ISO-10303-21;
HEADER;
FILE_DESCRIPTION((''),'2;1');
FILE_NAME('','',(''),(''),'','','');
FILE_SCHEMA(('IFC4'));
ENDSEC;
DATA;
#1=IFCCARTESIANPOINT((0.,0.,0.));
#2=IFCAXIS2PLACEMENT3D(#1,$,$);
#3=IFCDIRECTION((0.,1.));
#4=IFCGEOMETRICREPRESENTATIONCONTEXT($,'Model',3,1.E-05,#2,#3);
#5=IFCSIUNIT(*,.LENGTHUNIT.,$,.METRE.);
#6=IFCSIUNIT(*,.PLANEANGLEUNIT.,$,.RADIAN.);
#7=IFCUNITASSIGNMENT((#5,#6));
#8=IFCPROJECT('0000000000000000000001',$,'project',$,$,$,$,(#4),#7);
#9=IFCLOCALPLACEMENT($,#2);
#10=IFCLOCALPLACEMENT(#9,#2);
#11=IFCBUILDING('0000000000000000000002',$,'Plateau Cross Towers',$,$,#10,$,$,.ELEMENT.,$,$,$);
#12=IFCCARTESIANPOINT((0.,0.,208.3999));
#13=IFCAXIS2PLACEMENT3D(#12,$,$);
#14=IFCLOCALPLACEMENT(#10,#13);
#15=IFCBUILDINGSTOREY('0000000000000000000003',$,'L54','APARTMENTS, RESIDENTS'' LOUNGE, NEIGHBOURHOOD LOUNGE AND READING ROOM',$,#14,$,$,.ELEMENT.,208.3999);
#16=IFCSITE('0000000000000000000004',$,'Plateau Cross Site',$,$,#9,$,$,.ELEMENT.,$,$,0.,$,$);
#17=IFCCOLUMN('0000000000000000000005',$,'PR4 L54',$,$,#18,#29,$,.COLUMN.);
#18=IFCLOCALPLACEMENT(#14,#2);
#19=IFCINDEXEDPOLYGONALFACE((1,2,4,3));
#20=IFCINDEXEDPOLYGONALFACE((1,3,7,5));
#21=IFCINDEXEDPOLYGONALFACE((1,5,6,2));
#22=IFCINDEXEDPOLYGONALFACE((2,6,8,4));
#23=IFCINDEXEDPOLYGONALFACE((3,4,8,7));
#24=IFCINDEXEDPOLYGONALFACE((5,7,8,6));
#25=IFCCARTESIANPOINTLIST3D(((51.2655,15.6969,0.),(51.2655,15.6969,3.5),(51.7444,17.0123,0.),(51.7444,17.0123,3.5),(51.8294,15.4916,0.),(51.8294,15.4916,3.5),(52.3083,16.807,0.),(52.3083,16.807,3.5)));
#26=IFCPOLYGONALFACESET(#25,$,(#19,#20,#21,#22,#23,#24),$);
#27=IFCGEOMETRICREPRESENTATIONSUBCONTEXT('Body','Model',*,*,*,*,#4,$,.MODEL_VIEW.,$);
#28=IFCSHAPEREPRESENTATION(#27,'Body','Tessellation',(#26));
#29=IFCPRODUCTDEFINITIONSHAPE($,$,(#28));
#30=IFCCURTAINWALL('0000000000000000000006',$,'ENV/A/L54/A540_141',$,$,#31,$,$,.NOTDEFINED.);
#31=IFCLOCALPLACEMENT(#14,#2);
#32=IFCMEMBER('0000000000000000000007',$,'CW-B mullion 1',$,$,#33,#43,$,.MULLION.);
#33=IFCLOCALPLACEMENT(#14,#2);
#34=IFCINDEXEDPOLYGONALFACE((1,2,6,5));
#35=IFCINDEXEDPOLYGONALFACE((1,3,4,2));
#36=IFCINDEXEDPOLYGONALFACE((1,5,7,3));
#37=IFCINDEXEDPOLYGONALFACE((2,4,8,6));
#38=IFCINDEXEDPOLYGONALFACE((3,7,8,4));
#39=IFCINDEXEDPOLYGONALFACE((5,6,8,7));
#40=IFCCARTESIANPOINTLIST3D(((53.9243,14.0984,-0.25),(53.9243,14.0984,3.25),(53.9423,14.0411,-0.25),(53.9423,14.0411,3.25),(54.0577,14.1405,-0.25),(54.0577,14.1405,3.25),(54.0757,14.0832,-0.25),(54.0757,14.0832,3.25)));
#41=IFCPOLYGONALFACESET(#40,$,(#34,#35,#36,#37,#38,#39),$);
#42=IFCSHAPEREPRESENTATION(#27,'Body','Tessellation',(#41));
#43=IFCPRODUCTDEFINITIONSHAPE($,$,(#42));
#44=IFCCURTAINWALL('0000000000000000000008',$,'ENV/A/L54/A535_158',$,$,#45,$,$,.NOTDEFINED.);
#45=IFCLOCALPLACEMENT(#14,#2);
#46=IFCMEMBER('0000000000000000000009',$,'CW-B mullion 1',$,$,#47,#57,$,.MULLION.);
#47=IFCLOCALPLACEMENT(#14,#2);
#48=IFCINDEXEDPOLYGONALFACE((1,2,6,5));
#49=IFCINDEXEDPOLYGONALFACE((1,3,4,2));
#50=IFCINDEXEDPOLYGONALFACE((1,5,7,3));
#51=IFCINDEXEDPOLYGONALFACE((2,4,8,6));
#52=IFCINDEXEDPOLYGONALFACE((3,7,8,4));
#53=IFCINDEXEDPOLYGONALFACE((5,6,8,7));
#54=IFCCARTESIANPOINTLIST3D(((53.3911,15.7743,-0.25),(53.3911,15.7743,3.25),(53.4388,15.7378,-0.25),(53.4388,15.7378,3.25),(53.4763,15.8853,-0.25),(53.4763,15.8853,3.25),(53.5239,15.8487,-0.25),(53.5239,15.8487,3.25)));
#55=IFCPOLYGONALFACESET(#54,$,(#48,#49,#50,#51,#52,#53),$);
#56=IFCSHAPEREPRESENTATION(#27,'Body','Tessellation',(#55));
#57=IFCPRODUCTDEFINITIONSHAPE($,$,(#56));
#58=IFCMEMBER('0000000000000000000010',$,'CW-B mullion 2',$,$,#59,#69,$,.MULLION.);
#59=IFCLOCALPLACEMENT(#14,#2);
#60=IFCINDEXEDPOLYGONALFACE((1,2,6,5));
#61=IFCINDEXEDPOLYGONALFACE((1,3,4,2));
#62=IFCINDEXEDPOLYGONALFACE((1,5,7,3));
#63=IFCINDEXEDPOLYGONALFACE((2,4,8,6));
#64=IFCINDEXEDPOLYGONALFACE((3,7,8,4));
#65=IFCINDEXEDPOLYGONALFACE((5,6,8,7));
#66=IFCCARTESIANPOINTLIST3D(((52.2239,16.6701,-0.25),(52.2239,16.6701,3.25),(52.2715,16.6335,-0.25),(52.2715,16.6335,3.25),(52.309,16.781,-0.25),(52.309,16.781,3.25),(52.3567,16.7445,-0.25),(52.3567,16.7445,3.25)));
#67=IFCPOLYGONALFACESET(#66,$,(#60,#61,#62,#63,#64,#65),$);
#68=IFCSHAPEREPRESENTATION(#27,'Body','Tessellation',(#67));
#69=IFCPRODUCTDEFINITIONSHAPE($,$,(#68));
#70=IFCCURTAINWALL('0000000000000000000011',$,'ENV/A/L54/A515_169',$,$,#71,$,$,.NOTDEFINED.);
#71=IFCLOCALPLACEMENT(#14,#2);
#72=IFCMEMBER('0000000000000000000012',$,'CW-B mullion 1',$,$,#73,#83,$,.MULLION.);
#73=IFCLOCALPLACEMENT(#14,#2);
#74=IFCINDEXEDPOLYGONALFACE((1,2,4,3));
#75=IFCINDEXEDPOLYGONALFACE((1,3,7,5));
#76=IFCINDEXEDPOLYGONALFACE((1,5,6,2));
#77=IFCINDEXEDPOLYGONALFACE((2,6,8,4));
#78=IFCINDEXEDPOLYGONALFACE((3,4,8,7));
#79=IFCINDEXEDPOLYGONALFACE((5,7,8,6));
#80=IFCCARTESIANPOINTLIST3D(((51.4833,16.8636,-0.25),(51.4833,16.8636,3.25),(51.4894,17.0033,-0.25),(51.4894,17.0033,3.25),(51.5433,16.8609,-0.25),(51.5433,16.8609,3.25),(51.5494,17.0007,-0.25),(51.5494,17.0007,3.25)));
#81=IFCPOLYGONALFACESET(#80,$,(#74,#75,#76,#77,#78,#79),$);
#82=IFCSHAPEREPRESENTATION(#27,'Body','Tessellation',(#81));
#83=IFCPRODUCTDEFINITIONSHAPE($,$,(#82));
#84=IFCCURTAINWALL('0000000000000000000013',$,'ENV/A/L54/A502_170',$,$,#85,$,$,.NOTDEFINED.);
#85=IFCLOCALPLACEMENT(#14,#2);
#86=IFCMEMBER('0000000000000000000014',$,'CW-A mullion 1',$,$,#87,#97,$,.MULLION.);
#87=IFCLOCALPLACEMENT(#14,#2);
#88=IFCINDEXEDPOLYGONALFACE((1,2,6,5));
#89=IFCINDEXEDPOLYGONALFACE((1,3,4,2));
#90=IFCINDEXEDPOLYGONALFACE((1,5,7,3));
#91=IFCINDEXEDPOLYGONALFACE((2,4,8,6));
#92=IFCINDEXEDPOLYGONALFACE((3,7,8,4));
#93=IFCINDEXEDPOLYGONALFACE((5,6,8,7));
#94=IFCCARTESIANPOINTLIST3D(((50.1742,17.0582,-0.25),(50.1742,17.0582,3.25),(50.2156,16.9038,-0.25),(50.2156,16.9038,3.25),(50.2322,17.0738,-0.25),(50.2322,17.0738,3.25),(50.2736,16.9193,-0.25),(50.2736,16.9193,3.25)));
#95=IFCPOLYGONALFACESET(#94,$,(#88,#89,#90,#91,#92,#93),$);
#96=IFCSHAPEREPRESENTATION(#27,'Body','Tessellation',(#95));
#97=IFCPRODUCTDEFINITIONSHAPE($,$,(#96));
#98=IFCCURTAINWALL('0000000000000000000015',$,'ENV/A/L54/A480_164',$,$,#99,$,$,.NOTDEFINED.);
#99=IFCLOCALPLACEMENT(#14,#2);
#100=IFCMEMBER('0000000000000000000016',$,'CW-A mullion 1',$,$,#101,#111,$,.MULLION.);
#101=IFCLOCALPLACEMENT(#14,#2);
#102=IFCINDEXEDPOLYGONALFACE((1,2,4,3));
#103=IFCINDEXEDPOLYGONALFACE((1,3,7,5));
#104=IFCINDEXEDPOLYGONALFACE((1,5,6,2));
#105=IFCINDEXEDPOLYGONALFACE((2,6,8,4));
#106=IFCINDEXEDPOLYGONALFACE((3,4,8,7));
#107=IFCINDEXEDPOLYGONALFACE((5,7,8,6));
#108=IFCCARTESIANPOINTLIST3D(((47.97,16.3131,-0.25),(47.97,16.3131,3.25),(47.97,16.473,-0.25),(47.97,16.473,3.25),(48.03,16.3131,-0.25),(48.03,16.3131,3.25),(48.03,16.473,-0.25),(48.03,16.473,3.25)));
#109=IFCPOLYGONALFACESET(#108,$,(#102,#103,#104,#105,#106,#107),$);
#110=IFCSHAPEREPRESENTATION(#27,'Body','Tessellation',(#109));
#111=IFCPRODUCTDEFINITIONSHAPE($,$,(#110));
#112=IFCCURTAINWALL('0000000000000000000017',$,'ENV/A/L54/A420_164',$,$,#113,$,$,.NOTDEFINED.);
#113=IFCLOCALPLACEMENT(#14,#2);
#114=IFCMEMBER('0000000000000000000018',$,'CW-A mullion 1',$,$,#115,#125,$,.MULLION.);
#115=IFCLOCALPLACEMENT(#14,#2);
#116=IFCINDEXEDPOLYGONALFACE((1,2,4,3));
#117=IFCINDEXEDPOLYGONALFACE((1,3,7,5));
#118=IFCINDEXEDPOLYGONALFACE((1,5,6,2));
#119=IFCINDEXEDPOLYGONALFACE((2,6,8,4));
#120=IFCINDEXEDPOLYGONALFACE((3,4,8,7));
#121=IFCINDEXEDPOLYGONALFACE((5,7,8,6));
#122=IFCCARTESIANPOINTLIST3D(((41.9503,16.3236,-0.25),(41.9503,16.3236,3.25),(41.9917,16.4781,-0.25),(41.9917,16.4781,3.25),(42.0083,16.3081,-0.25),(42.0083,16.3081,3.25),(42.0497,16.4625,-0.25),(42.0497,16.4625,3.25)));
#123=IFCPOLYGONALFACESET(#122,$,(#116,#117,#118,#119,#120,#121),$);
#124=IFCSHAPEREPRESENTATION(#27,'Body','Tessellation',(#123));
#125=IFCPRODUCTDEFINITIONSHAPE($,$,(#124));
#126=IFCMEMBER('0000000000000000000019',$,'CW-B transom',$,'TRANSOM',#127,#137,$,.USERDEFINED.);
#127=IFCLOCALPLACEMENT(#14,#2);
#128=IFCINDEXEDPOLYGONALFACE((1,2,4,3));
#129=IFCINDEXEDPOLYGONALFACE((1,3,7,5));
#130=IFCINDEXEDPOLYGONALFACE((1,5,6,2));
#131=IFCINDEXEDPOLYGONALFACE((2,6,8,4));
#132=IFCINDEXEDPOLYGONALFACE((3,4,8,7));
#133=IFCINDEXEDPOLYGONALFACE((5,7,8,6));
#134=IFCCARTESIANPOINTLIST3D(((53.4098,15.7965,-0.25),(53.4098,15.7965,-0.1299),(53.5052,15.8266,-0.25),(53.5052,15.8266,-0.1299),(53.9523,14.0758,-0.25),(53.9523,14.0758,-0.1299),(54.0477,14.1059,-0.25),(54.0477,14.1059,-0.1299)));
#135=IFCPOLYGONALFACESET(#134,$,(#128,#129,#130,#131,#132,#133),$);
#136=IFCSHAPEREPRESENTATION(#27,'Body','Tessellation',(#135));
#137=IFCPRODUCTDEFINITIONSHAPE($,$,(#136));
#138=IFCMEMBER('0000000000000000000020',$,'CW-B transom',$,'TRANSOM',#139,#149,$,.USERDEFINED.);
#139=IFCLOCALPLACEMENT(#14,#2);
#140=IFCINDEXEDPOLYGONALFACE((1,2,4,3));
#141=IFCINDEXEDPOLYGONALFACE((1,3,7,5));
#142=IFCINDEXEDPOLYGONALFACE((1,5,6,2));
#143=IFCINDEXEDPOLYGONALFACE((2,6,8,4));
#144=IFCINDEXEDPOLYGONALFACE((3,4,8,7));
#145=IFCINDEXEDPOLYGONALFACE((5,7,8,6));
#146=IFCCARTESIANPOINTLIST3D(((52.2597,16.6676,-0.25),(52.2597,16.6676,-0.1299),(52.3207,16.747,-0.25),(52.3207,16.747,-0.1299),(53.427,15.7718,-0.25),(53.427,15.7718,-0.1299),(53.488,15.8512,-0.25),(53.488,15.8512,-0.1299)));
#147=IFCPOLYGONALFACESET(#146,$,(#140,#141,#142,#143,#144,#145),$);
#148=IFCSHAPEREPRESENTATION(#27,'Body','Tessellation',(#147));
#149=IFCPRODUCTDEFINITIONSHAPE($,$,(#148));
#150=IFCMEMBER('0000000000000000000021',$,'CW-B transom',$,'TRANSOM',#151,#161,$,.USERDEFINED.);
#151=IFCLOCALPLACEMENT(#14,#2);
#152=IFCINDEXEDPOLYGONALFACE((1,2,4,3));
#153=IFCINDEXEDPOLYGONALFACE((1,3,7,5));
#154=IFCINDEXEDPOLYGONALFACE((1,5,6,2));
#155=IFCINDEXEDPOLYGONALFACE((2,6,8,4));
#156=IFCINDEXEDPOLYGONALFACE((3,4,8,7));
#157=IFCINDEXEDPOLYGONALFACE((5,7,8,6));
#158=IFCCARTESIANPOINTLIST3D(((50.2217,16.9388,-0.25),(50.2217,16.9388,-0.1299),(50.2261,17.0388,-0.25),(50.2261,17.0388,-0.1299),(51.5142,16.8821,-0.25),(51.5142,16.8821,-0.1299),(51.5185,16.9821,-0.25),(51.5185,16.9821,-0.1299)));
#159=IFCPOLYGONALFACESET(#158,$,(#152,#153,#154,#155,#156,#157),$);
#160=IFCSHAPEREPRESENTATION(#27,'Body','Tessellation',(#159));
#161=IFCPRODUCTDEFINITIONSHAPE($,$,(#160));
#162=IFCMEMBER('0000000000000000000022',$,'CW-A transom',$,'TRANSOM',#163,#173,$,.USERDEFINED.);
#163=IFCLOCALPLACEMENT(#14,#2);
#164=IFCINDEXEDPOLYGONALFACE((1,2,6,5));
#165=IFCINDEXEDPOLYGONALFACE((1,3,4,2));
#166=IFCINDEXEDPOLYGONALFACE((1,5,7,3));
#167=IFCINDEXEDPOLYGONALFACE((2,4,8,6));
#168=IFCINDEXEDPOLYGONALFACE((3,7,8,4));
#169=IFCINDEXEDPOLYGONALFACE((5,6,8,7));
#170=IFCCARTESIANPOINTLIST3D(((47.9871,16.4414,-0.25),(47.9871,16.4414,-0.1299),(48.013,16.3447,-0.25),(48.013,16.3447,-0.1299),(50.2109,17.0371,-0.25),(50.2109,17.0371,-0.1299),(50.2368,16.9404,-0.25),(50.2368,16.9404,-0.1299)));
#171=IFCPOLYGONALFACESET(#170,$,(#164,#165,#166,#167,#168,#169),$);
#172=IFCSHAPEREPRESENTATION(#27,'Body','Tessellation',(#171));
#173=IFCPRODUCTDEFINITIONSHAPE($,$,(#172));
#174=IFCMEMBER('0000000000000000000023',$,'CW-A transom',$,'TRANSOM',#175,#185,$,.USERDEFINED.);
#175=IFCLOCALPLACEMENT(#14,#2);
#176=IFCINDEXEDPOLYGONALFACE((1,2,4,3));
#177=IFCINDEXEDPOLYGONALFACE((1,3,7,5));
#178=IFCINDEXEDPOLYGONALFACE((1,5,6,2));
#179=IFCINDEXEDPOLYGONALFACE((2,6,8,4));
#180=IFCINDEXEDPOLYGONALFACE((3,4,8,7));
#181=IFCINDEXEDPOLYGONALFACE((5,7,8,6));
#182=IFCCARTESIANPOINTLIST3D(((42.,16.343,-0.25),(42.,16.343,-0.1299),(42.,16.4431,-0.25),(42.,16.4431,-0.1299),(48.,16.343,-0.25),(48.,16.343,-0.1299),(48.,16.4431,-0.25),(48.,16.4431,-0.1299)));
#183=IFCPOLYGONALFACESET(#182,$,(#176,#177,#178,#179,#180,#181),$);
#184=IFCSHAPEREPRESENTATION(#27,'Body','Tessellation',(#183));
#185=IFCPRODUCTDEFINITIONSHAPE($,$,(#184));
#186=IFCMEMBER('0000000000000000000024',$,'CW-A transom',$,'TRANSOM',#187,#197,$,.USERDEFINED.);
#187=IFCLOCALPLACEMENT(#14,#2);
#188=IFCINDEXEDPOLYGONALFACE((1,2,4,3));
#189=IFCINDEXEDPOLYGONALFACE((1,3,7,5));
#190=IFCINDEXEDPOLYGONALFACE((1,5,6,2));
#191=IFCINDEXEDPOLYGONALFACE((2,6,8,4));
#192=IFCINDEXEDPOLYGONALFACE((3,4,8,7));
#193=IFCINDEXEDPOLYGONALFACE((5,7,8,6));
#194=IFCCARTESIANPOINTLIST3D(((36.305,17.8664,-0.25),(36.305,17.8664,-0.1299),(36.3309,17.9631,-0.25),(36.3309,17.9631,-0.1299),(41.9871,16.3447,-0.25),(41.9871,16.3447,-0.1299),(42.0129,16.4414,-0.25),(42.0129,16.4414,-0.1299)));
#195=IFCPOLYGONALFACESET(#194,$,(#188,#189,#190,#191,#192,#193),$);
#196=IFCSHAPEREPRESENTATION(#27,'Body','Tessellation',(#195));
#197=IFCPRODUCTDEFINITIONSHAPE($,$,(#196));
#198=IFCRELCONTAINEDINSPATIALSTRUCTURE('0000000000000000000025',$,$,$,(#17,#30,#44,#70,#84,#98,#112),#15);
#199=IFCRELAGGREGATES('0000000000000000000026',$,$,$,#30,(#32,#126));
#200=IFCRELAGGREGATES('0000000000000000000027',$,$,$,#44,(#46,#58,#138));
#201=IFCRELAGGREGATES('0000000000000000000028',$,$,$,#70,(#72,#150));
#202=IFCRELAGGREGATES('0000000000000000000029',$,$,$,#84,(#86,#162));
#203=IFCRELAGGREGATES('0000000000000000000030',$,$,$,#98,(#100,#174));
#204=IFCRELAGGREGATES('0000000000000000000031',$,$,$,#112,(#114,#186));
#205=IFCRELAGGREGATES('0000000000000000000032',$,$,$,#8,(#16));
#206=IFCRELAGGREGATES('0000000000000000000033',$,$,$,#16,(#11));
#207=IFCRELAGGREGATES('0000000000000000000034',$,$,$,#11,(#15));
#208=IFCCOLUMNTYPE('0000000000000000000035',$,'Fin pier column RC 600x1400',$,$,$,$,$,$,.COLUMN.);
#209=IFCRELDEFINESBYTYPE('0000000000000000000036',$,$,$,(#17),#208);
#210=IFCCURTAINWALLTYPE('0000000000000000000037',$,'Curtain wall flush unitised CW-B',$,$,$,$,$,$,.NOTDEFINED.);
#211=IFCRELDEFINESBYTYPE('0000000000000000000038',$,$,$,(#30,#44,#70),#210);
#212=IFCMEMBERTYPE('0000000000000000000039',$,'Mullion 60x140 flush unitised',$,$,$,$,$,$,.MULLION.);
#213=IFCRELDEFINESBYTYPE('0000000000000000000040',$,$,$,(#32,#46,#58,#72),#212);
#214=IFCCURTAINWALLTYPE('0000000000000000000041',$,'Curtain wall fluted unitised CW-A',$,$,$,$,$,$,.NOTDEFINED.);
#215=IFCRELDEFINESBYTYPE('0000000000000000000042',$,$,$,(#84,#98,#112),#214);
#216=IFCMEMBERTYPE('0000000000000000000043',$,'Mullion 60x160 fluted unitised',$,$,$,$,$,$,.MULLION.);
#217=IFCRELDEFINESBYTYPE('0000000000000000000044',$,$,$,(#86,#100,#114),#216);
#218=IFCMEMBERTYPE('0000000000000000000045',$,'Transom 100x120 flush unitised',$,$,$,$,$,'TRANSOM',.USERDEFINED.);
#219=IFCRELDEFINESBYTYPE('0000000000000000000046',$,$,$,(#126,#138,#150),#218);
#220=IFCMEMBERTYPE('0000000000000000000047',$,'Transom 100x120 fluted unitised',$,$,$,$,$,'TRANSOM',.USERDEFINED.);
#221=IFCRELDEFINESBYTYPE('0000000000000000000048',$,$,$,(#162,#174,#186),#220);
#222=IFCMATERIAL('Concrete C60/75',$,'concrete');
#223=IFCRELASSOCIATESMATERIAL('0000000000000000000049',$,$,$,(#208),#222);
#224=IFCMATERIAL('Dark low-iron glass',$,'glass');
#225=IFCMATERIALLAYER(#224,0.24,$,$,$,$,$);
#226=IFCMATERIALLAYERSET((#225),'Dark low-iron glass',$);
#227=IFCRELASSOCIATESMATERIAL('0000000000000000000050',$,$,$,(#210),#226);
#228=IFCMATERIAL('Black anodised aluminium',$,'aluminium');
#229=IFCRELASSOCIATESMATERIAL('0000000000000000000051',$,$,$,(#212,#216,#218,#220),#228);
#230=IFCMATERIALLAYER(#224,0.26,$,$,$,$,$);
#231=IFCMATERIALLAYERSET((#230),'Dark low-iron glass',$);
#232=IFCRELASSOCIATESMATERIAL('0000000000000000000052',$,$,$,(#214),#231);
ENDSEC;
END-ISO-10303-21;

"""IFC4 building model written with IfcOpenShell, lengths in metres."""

from ifc_helpers import new_model, si_unit, direction, frame, origin, origin_2d, place, context, subcontext, project, spatial, rectangle, extrude, material, layer, layer_set, material_profile, profile_set, type_object, element, aggregate, save


model = new_model("IFC4")

# Units and contexts
model_context = context("Model", 3, precision=1e-05, world=origin(), true_north=direction((0.0, 1.0)))
body_context = subcontext(model_context, "Body", "Model", "MODEL_VIEW")
ifc_project = project(units=[si_unit("LENGTHUNIT", "METRE"), si_unit("PLANEANGLEUNIT", "RADIAN")], contexts=[model_context])

# Site, building, storey
site_placement = place(None, origin())
site = spatial("IfcSite", under=ifc_project, at=site_placement, Name="Plateau Cross Site", CompositionType="ELEMENT", RefElevation=0.0)
building_placement = place(site_placement, origin())
building = spatial("IfcBuilding", under=site, at=building_placement, Name="Plateau Cross Towers", CompositionType="ELEMENT")
storey_placement = place(building_placement, frame((0.0, 0.0, 208.3999)))
storey = spatial("IfcBuildingStorey", under=building, at=storey_placement, Name="L54", Description="APARTMENTS, RESIDENTS' LOUNGE, NEIGHBOURHOOD LOUNGE AND READING ROOM", CompositionType="ELEMENT", Elevation=208.3999)

# Column
ifc_material_1 = material(Name="Concrete C60/75", Category="concrete")
ifc_material_profile_1 = material_profile(ifc_material_1, rectangle(XDim=0.6001, YDim=1.3999, at=origin_2d()), Name="RC 600x1400")
ifc_profile_set_1 = profile_set([ifc_material_profile_1], Name="Concrete C60/75")
column_type = type_object("IfcColumnType", Name="Fin pier column RC 600x1400", PredefinedType="COLUMN", material=ifc_profile_set_1)
column_placement = place(storey_placement, frame((51.7869, 16.252, 0.0), z_axis=(0.0, 0.0, 1.0), x_axis=(-0.939664, 0.342098, 0.0)))
element("IfcColumn", 1, at=column_placement, inside=storey, type_object=column_type, Name="PR4 L54", PredefinedType="COLUMN", context=body_context, shape_type="SweptSolid", body=[
    extrude(rectangle(XDim=0.6001, YDim=1.3999, at=origin_2d()), origin(), (0.0, 0.0, 1.0), 3.5),
])

# Curtain wall, member
ifc_material_2 = material(Name="Dark low-iron glass", Category="glass")
ifc_layer_1 = layer(ifc_material_2, 0.24)
ifc_layer_set_1 = layer_set([ifc_layer_1], Name="Dark low-iron glass")
curtain_wall_type_1 = type_object("IfcCurtainWallType", Name="Curtain wall flush unitised CW-B", PredefinedType="NOTDEFINED", material=ifc_layer_set_1)
curtain_wall_1_placement = place(storey_placement, origin())
curtain_wall_1 = element("IfcCurtainWall", 2, at=curtain_wall_1_placement, inside=storey, type_object=curtain_wall_type_1, Name="ENV/A/L54/A540_141", PredefinedType="NOTDEFINED")
ifc_material_3 = material(Name="Black anodised aluminium", Category="aluminium")
ifc_material_profile_2 = material_profile(ifc_material_3, rectangle(XDim=0.0601, YDim=0.1399, at=origin_2d()), Name="MULLION 60x140")
ifc_profile_set_2 = profile_set([ifc_material_profile_2], Name="Black anodised aluminium")
member_type_1 = type_object("IfcMemberType", Name="Mullion 60x140 flush unitised", PredefinedType="MULLION", material=ifc_profile_set_2)
member_1_placement = place(storey_placement, frame((54.0, 14.0908, -0.25), z_axis=(0.0, 0.0, 1.0), x_axis=(-0.300686, 0.953723, 0.0)))
member_1 = element("IfcMember", 3, at=member_1_placement, type_object=member_type_1, Name="CW-B mullion 1", PredefinedType="MULLION", context=body_context, shape_type="SweptSolid", body=[
    extrude(rectangle(XDim=0.0601, YDim=0.1399, at=origin_2d()), origin(), (0.0, 0.0, 1.0), 3.5),
])

# Curtain wall, members
curtain_wall_2_placement = place(storey_placement, origin())
curtain_wall_2 = element("IfcCurtainWall", 4, at=curtain_wall_2_placement, inside=storey, type_object=curtain_wall_type_1, Name="ENV/A/L54/A535_158", PredefinedType="NOTDEFINED")
member_2_placement = place(storey_placement, frame((53.4575, 15.8115, -0.25), z_axis=(0.0, 0.0, 1.0), x_axis=(-0.793316, 0.608811, 0.0)))
member_2 = element("IfcMember", 5, at=member_2_placement, type_object=member_type_1, Name="CW-B mullion 1", PredefinedType="MULLION", context=body_context, shape_type="SweptSolid", body=[
    extrude(rectangle(XDim=0.0601, YDim=0.1399, at=origin_2d()), origin(), (0.0, 0.0, 1.0), 3.5),
])
member_3_placement = place(storey_placement, frame((52.2903, 16.7073, -0.25), z_axis=(0.0, 0.0, 1.0), x_axis=(-0.793316, 0.608811, 0.0)))
member_3 = element("IfcMember", 6, at=member_3_placement, type_object=member_type_1, Name="CW-B mullion 2", PredefinedType="MULLION", context=body_context, shape_type="SweptSolid", body=[
    extrude(rectangle(XDim=0.0601, YDim=0.1399, at=origin_2d()), origin(), (0.0, 0.0, 1.0), 3.5),
])

# Curtain walls, members
curtain_wall_3_placement = place(storey_placement, origin())
curtain_wall_3 = element("IfcCurtainWall", 7, at=curtain_wall_3_placement, inside=storey, type_object=curtain_wall_type_1, Name="ENV/A/L54/A515_169", PredefinedType="NOTDEFINED")
member_4_placement = place(storey_placement, frame((51.5164, 16.9321, -0.25), z_axis=(0.0, 0.0, 1.0), x_axis=(-0.999044, 0.043723, 0.0)))
member_4 = element("IfcMember", 8, at=member_4_placement, type_object=member_type_1, Name="CW-B mullion 1", PredefinedType="MULLION", context=body_context, shape_type="SweptSolid", body=[
    extrude(rectangle(XDim=0.0601, YDim=0.1399, at=origin_2d()), origin(), (0.0, 0.0, 1.0), 3.5),
])
ifc_layer_2 = layer(ifc_material_2, 0.26)
ifc_layer_set_2 = layer_set([ifc_layer_2], Name="Dark low-iron glass")
curtain_wall_type_2 = type_object("IfcCurtainWallType", Name="Curtain wall fluted unitised CW-A", PredefinedType="NOTDEFINED", material=ifc_layer_set_2)
curtain_wall_4_placement = place(storey_placement, origin())
curtain_wall_4 = element("IfcCurtainWall", 9, at=curtain_wall_4_placement, inside=storey, type_object=curtain_wall_type_2, Name="ENV/A/L54/A502_170", PredefinedType="NOTDEFINED")
ifc_material_profile_3 = material_profile(ifc_material_3, rectangle(XDim=0.0601, YDim=0.1599, at=origin_2d()), Name="MULLION 60x160")
ifc_profile_set_3 = profile_set([ifc_material_profile_3], Name="Black anodised aluminium")
member_type_2 = type_object("IfcMemberType", Name="Mullion 60x160 fluted unitised", PredefinedType="MULLION", material=ifc_profile_set_3)
member_5_placement = place(storey_placement, frame((50.2239, 16.9888, -0.25), z_axis=(0.0, 0.0, 1.0), x_axis=(-0.965958, -0.258699, 0.0)))
member_5 = element("IfcMember", 10, at=member_5_placement, type_object=member_type_2, Name="CW-A mullion 1", PredefinedType="MULLION", context=body_context, shape_type="SweptSolid", body=[
    extrude(rectangle(XDim=0.0601, YDim=0.1599, at=origin_2d()), origin(), (0.0, 0.0, 1.0), 3.5),
])
curtain_wall_5_placement = place(storey_placement, origin())
curtain_wall_5 = element("IfcCurtainWall", 11, at=curtain_wall_5_placement, inside=storey, type_object=curtain_wall_type_2, Name="ENV/A/L54/A480_164", PredefinedType="NOTDEFINED")
member_6_placement = place(storey_placement, frame((48.0, 16.3931, -0.25), z_axis=(0.0, 0.0, 1.0), x_axis=(-1.0, 0.0, 0.0)))
member_6 = element("IfcMember", 12, at=member_6_placement, type_object=member_type_2, Name="CW-A mullion 1", PredefinedType="MULLION", context=body_context, shape_type="SweptSolid", body=[
    extrude(rectangle(XDim=0.0601, YDim=0.1599, at=origin_2d()), origin(), (0.0, 0.0, 1.0), 3.5),
])
curtain_wall_6_placement = place(storey_placement, origin())
curtain_wall_6 = element("IfcCurtainWall", 13, at=curtain_wall_6_placement, inside=storey, type_object=curtain_wall_type_2, Name="ENV/A/L54/A420_164", PredefinedType="NOTDEFINED")
member_7_placement = place(storey_placement, frame((42.0, 16.3931, -0.25), z_axis=(0.0, 0.0, 1.0), x_axis=(-0.965958, 0.258699, 0.0)))
member_7 = element("IfcMember", 14, at=member_7_placement, type_object=member_type_2, Name="CW-A mullion 1", PredefinedType="MULLION", context=body_context, shape_type="SweptSolid", body=[
    extrude(rectangle(XDim=0.0601, YDim=0.1599, at=origin_2d()), origin(), (0.0, 0.0, 1.0), 3.5),
])

# Members
ifc_material_profile_4 = material_profile(ifc_material_3, rectangle(XDim=0.1001, YDim=0.1201, at=origin_2d()), Name="TRANSOM 100x120")
ifc_profile_set_4 = profile_set([ifc_material_profile_4], Name="Black anodised aluminium")
member_type_3 = type_object("IfcMemberType", Name="Transom 100x120 flush unitised", ElementType="TRANSOM", PredefinedType="USERDEFINED", material=ifc_profile_set_4)
member_8_placement = place(storey_placement, frame((54.0, 14.0908, -0.1899), z_axis=(-0.300678, 0.953726, 0.0), x_axis=(-0.953726, -0.300678, 0.0)))
member_8 = element("IfcMember", 15, at=member_8_placement, type_object=member_type_3, Name="CW-B transom", ObjectType="TRANSOM", PredefinedType="USERDEFINED", context=body_context, shape_type="SweptSolid", body=[
    extrude(rectangle(XDim=0.1001, YDim=0.1201, at=origin_2d()), origin(), (0.0, 0.0, 1.0), 1.8042),
])
member_9_placement = place(storey_placement, frame((53.4575, 15.8115, -0.1899), z_axis=(-0.793321, 0.608804, 0.0), x_axis=(-0.608804, -0.793321, 0.0)))
member_9 = element("IfcMember", 16, at=member_9_placement, type_object=member_type_3, Name="CW-B transom", ObjectType="TRANSOM", PredefinedType="USERDEFINED", context=body_context, shape_type="SweptSolid", body=[
    extrude(rectangle(XDim=0.1001, YDim=0.1201, at=origin_2d()), origin(), (0.0, 0.0, 1.0), 1.4714),
])
member_10_placement = place(storey_placement, frame((51.5164, 16.9321, -0.1899), z_axis=(-0.999041, 0.043781, 0.0), x_axis=(-0.043781, -0.999041, 0.0)))
member_10 = element("IfcMember", 17, at=member_10_placement, type_object=member_type_3, Name="CW-B transom", ObjectType="TRANSOM", PredefinedType="USERDEFINED", context=body_context, shape_type="SweptSolid", body=[
    extrude(rectangle(XDim=0.1001, YDim=0.1201, at=origin_2d()), origin(), (0.0, 0.0, 1.0), 1.2937),
])
ifc_material_profile_5 = material_profile(ifc_material_3, rectangle(XDim=0.1001, YDim=0.1201, at=origin_2d()), Name="TRANSOM 100x120")
ifc_profile_set_5 = profile_set([ifc_material_profile_5], Name="Black anodised aluminium")
member_type_4 = type_object("IfcMemberType", Name="Transom 100x120 fluted unitised", ElementType="TRANSOM", PredefinedType="USERDEFINED", material=ifc_profile_set_5)
member_11_placement = place(storey_placement, frame((50.2239, 16.9888, -0.1899), z_axis=(-0.965946, -0.258745, 0.0), x_axis=(0.258745, -0.965946, 0.0)))
member_11 = element("IfcMember", 18, at=member_11_placement, type_object=member_type_4, Name="CW-A transom", ObjectType="TRANSOM", PredefinedType="USERDEFINED", context=body_context, shape_type="SweptSolid", body=[
    extrude(rectangle(XDim=0.1001, YDim=0.1201, at=origin_2d()), origin(), (0.0, 0.0, 1.0), 2.3022),
])
member_12_placement = place(storey_placement, frame((48.0, 16.3931, -0.1899), z_axis=(-1.0, 0.0, 0.0), x_axis=(0.0, -1.0, 0.0)))
member_12 = element("IfcMember", 19, at=member_12_placement, type_object=member_type_4, Name="CW-A transom", ObjectType="TRANSOM", PredefinedType="USERDEFINED", context=body_context, shape_type="SweptSolid", body=[
    extrude(rectangle(XDim=0.1001, YDim=0.1201, at=origin_2d()), origin(), (0.0, 0.0, 1.0), 6.0),
])
member_13_placement = place(storey_placement, frame((42.0, 16.3931, -0.1899), z_axis=(-0.96596, 0.258693, 0.0), x_axis=(-0.258693, -0.96596, 0.0)))
member_13 = element("IfcMember", 20, at=member_13_placement, type_object=member_type_4, Name="CW-A transom", ObjectType="TRANSOM", PredefinedType="USERDEFINED", context=body_context, shape_type="SweptSolid", body=[
    extrude(rectangle(XDim=0.1001, YDim=0.1201, at=origin_2d()), origin(), (0.0, 0.0, 1.0), 5.8823),
])

aggregate(curtain_wall_1, [member_1, member_8])
aggregate(curtain_wall_2, [member_2, member_3, member_9])
aggregate(curtain_wall_3, [member_4, member_10])
aggregate(curtain_wall_4, [member_5, member_11])
aggregate(curtain_wall_5, [member_6, member_12])
aggregate(curtain_wall_6, [member_7, member_13])

save(model, "model.ifc")
